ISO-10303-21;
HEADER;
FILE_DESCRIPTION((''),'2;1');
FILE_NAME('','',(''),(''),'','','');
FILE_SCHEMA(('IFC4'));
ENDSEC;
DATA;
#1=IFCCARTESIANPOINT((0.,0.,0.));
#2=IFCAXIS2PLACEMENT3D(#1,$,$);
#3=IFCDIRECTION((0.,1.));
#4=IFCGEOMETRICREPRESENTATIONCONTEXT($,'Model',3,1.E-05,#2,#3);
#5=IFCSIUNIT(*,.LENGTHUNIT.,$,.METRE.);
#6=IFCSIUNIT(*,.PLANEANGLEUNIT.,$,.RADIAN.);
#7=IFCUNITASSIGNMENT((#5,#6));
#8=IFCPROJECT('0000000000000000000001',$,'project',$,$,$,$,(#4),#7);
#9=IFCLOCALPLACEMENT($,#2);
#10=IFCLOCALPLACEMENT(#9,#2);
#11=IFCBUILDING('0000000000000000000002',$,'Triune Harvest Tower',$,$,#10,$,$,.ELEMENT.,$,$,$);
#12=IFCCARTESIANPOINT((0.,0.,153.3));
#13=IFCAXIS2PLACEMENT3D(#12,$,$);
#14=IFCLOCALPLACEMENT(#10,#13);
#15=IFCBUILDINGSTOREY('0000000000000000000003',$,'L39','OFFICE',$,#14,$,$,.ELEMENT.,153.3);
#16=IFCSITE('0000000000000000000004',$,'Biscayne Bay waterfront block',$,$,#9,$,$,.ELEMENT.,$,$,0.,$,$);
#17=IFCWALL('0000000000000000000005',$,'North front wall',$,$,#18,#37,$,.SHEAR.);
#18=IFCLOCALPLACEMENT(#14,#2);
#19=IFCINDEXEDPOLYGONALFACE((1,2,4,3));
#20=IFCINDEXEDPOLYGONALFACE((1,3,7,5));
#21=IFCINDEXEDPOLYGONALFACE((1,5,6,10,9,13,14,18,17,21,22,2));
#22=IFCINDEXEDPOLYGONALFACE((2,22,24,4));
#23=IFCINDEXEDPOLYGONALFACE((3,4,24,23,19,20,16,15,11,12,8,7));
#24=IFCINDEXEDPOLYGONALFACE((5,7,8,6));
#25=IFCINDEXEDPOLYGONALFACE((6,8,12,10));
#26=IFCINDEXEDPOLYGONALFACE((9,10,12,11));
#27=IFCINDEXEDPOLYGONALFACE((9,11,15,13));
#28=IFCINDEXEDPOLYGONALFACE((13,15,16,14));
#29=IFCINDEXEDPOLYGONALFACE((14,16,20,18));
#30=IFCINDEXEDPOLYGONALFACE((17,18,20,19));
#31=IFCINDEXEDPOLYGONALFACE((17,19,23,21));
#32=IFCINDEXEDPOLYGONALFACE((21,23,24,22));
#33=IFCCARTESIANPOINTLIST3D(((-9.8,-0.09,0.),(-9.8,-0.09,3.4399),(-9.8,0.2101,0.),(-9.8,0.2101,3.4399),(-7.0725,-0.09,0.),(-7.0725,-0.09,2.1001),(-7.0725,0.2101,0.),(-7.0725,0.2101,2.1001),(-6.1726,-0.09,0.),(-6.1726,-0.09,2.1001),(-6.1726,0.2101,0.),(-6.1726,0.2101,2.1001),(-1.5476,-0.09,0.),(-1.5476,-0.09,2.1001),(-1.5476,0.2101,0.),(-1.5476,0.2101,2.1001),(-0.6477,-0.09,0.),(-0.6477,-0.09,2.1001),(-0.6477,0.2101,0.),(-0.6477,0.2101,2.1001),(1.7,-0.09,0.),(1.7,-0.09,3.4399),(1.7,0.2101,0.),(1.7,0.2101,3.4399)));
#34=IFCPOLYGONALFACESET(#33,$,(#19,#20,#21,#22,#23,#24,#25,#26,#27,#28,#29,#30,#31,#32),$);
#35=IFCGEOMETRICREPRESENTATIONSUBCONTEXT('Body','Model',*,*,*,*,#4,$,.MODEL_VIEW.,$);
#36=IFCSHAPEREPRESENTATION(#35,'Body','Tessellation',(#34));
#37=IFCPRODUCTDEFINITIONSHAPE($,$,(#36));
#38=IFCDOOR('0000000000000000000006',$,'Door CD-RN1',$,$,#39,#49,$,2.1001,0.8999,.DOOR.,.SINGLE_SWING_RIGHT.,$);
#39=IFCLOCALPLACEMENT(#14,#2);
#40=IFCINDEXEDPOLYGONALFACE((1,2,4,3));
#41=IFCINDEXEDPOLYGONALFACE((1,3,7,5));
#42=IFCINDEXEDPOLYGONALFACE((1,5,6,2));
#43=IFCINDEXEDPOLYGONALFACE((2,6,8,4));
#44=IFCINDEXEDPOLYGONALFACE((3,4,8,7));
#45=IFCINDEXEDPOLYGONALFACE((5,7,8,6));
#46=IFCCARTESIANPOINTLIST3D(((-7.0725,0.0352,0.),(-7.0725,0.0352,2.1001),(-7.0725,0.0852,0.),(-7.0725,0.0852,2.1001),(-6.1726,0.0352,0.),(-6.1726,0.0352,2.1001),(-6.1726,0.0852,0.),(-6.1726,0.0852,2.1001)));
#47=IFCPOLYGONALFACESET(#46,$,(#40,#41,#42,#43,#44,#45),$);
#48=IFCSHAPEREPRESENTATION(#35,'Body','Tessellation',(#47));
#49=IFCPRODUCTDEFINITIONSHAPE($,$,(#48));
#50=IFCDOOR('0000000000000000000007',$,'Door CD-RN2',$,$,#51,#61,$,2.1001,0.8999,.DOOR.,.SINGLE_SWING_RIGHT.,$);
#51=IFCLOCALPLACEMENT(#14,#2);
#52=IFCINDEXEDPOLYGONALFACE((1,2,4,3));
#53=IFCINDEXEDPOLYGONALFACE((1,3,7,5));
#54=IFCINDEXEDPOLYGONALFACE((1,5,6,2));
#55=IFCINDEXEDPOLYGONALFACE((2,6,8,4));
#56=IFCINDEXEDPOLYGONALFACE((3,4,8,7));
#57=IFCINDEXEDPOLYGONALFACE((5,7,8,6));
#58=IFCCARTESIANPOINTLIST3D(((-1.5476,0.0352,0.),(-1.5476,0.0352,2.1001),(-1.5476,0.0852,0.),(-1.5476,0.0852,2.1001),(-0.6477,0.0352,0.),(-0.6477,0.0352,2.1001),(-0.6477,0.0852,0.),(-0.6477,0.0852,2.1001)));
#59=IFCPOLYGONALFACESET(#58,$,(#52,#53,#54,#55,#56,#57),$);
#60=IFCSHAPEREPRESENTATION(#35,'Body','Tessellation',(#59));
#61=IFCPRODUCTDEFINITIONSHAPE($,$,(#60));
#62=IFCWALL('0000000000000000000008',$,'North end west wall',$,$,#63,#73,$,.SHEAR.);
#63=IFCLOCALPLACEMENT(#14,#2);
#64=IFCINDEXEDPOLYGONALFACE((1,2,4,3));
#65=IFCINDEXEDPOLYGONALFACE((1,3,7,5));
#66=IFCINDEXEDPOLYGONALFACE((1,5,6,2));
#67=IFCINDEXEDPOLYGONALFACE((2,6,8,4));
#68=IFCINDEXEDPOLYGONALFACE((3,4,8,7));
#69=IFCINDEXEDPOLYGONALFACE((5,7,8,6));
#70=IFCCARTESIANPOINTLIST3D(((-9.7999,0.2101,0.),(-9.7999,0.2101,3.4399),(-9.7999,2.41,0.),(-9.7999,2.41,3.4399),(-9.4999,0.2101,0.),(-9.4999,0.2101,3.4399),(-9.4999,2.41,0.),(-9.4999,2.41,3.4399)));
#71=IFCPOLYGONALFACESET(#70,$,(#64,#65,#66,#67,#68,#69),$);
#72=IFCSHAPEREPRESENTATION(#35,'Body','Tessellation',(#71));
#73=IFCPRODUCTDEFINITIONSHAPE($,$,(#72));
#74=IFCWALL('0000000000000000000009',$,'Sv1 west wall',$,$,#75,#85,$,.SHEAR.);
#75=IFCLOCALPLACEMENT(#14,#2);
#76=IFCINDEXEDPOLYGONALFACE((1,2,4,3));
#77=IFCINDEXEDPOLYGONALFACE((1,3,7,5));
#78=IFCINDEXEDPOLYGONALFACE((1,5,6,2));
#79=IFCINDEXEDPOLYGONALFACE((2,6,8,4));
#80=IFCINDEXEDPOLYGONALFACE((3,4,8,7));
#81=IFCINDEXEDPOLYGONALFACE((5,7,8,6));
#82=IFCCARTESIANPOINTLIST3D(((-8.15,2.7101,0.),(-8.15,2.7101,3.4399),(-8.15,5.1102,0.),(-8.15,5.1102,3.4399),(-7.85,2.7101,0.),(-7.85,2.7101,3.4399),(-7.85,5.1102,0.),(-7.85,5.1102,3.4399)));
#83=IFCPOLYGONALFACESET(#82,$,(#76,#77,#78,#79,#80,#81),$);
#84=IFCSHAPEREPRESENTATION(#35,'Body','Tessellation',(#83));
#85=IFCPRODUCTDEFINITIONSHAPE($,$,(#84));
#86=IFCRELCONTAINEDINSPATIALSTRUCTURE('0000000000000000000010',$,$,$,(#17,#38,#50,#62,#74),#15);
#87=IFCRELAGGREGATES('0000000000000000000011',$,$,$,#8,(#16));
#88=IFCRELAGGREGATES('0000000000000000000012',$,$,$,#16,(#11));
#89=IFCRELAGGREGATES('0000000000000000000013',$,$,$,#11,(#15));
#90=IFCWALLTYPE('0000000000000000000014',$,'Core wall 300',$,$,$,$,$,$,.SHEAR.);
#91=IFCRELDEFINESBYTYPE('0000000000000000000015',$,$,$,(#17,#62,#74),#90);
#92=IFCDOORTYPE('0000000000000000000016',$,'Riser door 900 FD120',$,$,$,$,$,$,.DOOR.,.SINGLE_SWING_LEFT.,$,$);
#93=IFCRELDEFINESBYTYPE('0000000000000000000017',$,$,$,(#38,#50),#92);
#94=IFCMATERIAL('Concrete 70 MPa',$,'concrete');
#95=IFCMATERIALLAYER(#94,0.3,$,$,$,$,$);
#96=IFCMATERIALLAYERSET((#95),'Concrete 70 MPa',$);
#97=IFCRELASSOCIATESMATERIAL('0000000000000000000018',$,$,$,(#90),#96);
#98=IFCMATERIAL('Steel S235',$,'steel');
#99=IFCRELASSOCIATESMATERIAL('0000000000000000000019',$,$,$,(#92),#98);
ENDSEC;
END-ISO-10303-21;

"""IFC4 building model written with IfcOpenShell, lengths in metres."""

from ifc_helpers import new_model, si_unit, direction, frame, frame_2d, origin, place, context, subcontext, project, spatial, rectangle, extrude, source, transform, mapped, material, layer, layer_set, type_object, element, fill, save


model = new_model("IFC4")

# Units and contexts
model_context = context("Model", 3, precision=1e-05, world=origin(), true_north=direction((0.0, 1.0)))
body_context = subcontext(model_context, "Body", "Model", "MODEL_VIEW")
ifc_project = project(units=[si_unit("LENGTHUNIT", "METRE"), si_unit("PLANEANGLEUNIT", "RADIAN")], contexts=[model_context])

# Site, building, storey
site_placement = place(None, origin())
site = spatial("IfcSite", under=ifc_project, at=site_placement, Name="Biscayne Bay waterfront block", CompositionType="ELEMENT", RefElevation=0.0)
building_placement = place(site_placement, origin())
building = spatial("IfcBuilding", under=site, at=building_placement, Name="Triune Harvest Tower", CompositionType="ELEMENT")
storey_placement = place(building_placement, frame((0.0, 0.0, 153.3)))
storey = spatial("IfcBuildingStorey", under=building, at=storey_placement, Name="L39", Description="OFFICE", CompositionType="ELEMENT", Elevation=153.3)

# Wall, openings, doors
ifc_material_1 = material(Name="Concrete 70 MPa", Category="concrete")
ifc_layer_1 = layer(ifc_material_1, 0.3)
ifc_layer_set_1 = layer_set([ifc_layer_1], Name="Concrete 70 MPa")
wall_type_1 = type_object("IfcWallType", Name="Core wall 300", PredefinedType="SHEAR", material=ifc_layer_set_1)
shared_shape_1 = source(origin(), body_context, "Body", "SweptSolid", [
    extrude(rectangle(XDim=11.5, YDim=0.3, at=frame_2d((5.75, 0.0))), origin(), (0.0, 0.0, 1.0), 3.4399),
])
wall_1_placement = place(storey_placement, frame((-9.8, 0.0601, 0.0), z_axis=(0.0, 0.0, 1.0), x_axis=(1.0, 0.0, 0.0)))
wall_1 = element("IfcWall", 1, at=wall_1_placement, inside=storey, type_object=wall_type_1, Name="North front wall", PredefinedType="SHEAR", context=body_context, shape_type="MappedRepresentation", body=[
    mapped(shared_shape_1, transform((0.0, 0.0, 0.0), scale=1.0)),
])
opening_1_placement = place(wall_1_placement, frame((2.7275, 0.0, 0.0)))
opening_1 = element("IfcOpeningElement", 2, at=opening_1_placement, cuts=wall_1, PredefinedType="OPENING", context=body_context, shape_type="SweptSolid", body=[
    extrude(rectangle(XDim=0.8999, YDim=2.1001, at=frame_2d((0.45, 1.05))), frame((0.0, 0.1602, 0.0), z_axis=(0.0, -1.0, 0.0), x_axis=(1.0, 0.0, 0.0)), (0.0, 0.0, 1.0), 0.3201),
])
opening_2_placement = place(wall_1_placement, frame((8.2524, 0.0, 0.0)))
opening_2 = element("IfcOpeningElement", 3, at=opening_2_placement, cuts=wall_1, PredefinedType="OPENING", context=body_context, shape_type="SweptSolid", body=[
    extrude(rectangle(XDim=0.8999, YDim=2.1001, at=frame_2d((0.45, 1.05))), frame((0.0, 0.1602, 0.0), z_axis=(0.0, -1.0, 0.0), x_axis=(1.0, 0.0, 0.0)), (0.0, 0.0, 1.0), 0.3201),
])
ifc_material_2 = material(Name="Steel S235", Category="steel")
door_type_1 = type_object("IfcDoorType", Name="Riser door 900 FD120", OperationType="SINGLE_SWING_LEFT", PredefinedType="DOOR", material=ifc_material_2)
door_1_placement = place(opening_1_placement, frame((0.8999, 0.0, 0.0), z_axis=(0.0, 0.0, 1.0), x_axis=(-1.0, 0.0, 0.0)))
door_1 = element("IfcDoor", 4, at=door_1_placement, inside=storey, type_object=door_type_1, Name="Door CD-RN1", OperationType="SINGLE_SWING_RIGHT", OverallHeight=2.1001, OverallWidth=0.8999, PredefinedType="DOOR", context=body_context, shape_type="SweptSolid", body=[
    extrude(rectangle(XDim=0.8999, YDim=2.1001, at=frame_2d((0.45, 1.05))), frame((0.0, 0.0249, 0.0), z_axis=(0.0, -1.0, 0.0), x_axis=(1.0, 0.0, 0.0)), (0.0, 0.0, 1.0), 0.05),
])
fill(opening_1, door_1)
door_2_placement = place(opening_2_placement, frame((0.8999, 0.0, 0.0), z_axis=(0.0, 0.0, 1.0), x_axis=(-1.0, 0.0, 0.0)))
door_2 = element("IfcDoor", 5, at=door_2_placement, inside=storey, type_object=door_type_1, Name="Door CD-RN2", OperationType="SINGLE_SWING_RIGHT", OverallHeight=2.1001, OverallWidth=0.8999, PredefinedType="DOOR", context=body_context, shape_type="SweptSolid", body=[
    extrude(rectangle(XDim=0.8999, YDim=2.1001, at=frame_2d((0.45, 1.05))), frame((0.0, 0.0249, 0.0), z_axis=(0.0, -1.0, 0.0), x_axis=(1.0, 0.0, 0.0)), (0.0, 0.0, 1.0), 0.05),
])
fill(opening_2, door_2)

# Walls
shared_shape_2 = source(origin(), body_context, "Body", "SweptSolid", [
    extrude(rectangle(XDim=2.2, YDim=0.3, at=frame_2d((1.1001, 0.0))), origin(), (0.0, 0.0, 1.0), 3.4399),
])
wall_2_placement = place(storey_placement, frame((-9.6499, 0.21, 0.0), z_axis=(0.0, 0.0, 1.0), x_axis=(0.0, 1.0, 0.0)))
element("IfcWall", 6, at=wall_2_placement, inside=storey, type_object=wall_type_1, Name="North end west wall", PredefinedType="SHEAR", context=body_context, shape_type="MappedRepresentation", body=[
    mapped(shared_shape_2, transform((0.0, 0.0, 0.0), scale=1.0)),
])
shared_shape_3 = source(origin(), body_context, "Body", "SweptSolid", [
    extrude(rectangle(XDim=2.4001, YDim=0.3, at=frame_2d((1.2002, 0.0))), origin(), (0.0, 0.0, 1.0), 3.4399),
])
wall_3_placement = place(storey_placement, frame((-8.0, 2.71, 0.0), z_axis=(0.0, 0.0, 1.0), x_axis=(0.0, 1.0, 0.0)))
element("IfcWall", 7, at=wall_3_placement, inside=storey, type_object=wall_type_1, Name="Sv1 west wall", PredefinedType="SHEAR", context=body_context, shape_type="MappedRepresentation", body=[
    mapped(shared_shape_3, transform((0.0, 0.0, 0.0), scale=1.0)),
])

save(model, "model.ifc")
